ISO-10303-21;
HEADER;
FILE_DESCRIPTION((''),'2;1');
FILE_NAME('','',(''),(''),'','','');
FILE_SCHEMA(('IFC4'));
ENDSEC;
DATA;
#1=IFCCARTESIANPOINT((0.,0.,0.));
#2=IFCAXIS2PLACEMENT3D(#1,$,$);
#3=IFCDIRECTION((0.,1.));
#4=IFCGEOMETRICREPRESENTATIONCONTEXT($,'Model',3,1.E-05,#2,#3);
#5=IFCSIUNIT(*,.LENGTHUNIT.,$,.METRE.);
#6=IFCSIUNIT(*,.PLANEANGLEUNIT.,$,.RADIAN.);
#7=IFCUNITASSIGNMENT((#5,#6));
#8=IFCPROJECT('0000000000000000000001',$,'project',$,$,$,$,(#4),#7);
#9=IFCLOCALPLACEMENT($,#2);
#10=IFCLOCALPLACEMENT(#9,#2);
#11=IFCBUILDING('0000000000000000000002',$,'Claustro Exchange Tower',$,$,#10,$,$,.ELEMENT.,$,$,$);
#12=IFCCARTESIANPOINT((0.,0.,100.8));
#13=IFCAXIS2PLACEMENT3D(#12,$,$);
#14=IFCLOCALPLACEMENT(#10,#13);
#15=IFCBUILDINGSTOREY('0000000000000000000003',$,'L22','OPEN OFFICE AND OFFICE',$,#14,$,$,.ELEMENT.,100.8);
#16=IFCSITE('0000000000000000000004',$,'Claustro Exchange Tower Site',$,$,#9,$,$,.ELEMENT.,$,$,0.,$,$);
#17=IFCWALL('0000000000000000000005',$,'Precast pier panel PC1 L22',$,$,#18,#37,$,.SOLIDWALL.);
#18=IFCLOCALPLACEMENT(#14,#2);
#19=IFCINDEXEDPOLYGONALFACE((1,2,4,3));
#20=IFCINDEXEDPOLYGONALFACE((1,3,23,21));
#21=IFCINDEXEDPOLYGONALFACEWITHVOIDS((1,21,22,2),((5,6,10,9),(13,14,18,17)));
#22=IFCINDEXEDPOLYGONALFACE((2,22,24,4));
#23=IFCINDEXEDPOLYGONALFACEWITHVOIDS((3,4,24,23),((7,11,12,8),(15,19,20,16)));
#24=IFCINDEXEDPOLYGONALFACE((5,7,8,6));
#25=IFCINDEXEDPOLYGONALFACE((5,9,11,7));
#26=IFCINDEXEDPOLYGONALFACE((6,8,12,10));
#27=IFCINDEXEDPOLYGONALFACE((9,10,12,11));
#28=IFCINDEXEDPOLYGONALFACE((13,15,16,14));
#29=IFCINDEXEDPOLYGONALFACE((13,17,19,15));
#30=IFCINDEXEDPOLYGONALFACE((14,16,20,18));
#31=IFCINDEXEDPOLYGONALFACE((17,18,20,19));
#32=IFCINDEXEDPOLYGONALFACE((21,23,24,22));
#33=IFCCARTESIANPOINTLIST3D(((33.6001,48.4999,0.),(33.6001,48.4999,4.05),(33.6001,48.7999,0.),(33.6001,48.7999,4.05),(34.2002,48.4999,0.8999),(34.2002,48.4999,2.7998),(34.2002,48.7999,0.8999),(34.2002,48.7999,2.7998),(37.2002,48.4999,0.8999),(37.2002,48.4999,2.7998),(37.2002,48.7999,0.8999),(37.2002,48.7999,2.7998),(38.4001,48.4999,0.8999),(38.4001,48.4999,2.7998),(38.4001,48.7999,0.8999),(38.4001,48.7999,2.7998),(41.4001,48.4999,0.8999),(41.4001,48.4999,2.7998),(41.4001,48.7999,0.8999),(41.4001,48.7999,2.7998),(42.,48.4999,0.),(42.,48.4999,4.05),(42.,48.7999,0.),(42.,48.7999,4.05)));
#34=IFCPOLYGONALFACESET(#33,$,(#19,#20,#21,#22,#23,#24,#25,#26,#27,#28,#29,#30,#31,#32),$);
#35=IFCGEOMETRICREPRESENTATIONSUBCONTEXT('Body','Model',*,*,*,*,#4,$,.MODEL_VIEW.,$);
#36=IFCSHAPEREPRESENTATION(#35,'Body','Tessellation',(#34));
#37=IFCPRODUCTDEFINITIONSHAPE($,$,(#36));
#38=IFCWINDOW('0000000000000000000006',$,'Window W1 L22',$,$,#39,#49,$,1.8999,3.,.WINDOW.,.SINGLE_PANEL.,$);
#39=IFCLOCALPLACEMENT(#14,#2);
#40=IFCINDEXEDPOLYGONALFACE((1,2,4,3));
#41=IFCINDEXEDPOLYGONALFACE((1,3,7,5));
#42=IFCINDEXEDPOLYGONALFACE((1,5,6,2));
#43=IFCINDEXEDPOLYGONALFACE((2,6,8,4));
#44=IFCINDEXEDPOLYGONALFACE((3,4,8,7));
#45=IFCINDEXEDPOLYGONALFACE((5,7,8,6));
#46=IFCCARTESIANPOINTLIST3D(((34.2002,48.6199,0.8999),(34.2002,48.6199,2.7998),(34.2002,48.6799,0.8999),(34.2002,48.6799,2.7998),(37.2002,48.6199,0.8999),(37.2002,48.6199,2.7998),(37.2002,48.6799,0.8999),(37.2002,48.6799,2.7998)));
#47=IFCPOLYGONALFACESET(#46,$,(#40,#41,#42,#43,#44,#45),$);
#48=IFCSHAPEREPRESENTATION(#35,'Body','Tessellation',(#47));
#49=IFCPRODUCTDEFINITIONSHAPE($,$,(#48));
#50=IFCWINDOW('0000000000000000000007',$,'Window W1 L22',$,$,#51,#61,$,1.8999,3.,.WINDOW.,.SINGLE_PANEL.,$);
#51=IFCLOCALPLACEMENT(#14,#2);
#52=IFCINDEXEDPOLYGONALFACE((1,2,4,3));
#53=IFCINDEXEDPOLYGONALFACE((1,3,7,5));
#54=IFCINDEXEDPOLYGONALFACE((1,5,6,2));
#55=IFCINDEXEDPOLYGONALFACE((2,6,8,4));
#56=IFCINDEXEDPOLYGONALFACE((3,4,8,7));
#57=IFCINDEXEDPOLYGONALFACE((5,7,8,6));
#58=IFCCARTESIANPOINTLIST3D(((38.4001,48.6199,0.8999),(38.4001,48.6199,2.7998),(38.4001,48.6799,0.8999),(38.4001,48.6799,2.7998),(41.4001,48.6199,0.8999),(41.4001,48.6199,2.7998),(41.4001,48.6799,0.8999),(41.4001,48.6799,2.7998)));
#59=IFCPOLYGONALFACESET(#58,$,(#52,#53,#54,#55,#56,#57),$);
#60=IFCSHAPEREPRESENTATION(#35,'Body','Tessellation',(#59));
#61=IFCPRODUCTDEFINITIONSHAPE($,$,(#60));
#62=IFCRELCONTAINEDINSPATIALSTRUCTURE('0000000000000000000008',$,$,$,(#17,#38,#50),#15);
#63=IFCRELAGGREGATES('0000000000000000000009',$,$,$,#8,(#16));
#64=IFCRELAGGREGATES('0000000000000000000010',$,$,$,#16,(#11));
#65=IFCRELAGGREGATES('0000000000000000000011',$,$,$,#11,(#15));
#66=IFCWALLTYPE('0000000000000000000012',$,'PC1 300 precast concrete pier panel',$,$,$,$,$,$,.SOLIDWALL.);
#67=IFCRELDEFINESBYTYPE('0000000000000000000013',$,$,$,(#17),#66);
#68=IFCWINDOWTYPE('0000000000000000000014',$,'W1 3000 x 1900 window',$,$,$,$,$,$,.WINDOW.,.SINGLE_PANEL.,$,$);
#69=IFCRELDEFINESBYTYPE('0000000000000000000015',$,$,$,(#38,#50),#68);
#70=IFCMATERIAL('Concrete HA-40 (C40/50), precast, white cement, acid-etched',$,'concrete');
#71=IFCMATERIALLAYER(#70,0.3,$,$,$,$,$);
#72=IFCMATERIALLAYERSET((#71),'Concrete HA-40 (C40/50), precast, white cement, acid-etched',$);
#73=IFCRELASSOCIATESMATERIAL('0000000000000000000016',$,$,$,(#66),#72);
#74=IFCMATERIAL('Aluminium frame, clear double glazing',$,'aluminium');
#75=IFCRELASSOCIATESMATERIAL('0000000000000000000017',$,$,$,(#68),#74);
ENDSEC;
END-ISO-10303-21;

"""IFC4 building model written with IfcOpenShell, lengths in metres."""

from ifc_helpers import new_model, si_unit, direction, frame, frame_2d, origin, place, context, subcontext, project, spatial, rectangle, extrude, material, layer, layer_set, type_object, element, fill, save


model = new_model("IFC4")

# Units and contexts
model_context = context("Model", 3, precision=1e-05, world=origin(), true_north=direction((0.0, 1.0)))
body_context = subcontext(model_context, "Body", "Model", "MODEL_VIEW")
ifc_project = project(units=[si_unit("LENGTHUNIT", "METRE"), si_unit("PLANEANGLEUNIT", "RADIAN")], contexts=[model_context])

# Site, building, storey
site_placement = place(None, origin())
site = spatial("IfcSite", under=ifc_project, at=site_placement, Name="Claustro Exchange Tower Site", CompositionType="ELEMENT", RefElevation=0.0)
building_placement = place(site_placement, origin())
building = spatial("IfcBuilding", under=site, at=building_placement, Name="Claustro Exchange Tower", CompositionType="ELEMENT")
storey_placement = place(building_placement, frame((0.0, 0.0, 100.8)))
storey = spatial("IfcBuildingStorey", under=building, at=storey_placement, Name="L22", Description="OPEN OFFICE AND OFFICE", CompositionType="ELEMENT", Elevation=100.8)

# Wall, openings, windows
ifc_material_1 = material(Name="Concrete HA-40 (C40/50), precast, white cement, acid-etched", Category="concrete")
ifc_layer_1 = layer(ifc_material_1, 0.3)
ifc_layer_set_1 = layer_set([ifc_layer_1], Name="Concrete HA-40 (C40/50), precast, white cement, acid-etched")
wall_type_1 = type_object("IfcWallType", Name="PC1 300 precast concrete pier panel", PredefinedType="SOLIDWALL", material=ifc_layer_set_1)
ifc_material_2 = material(Name="Aluminium frame, clear double glazing", Category="aluminium")
window_type = type_object("IfcWindowType", Name="W1 3000 x 1900 window", PartitioningType="SINGLE_PANEL", PredefinedType="WINDOW", material=ifc_material_2)
wall_1_placement = place(storey_placement, frame((33.6001, 48.6499, 0.0), z_axis=(0.0, 0.0, 1.0), x_axis=(1.0, 0.0, 0.0)))
wall_1 = element("IfcWall", 1, at=wall_1_placement, inside=storey, type_object=wall_type_1, Name="Precast pier panel PC1 L22", PredefinedType="SOLIDWALL", context=body_context, shape_type="SweptSolid", body=[
    extrude(rectangle(XDim=8.3999, YDim=0.3, at=frame_2d((4.2, 0.0))), origin(), (0.0, 0.0, 1.0), 4.05),
])
opening_1_placement = place(wall_1_placement, frame((0.6001, 0.0, 0.8999)))
opening_1 = element("IfcOpeningElement", 2, at=opening_1_placement, cuts=wall_1, PredefinedType="OPENING", context=body_context, shape_type="SweptSolid", body=[
    extrude(rectangle(XDim=3.0, YDim=1.8999, at=frame_2d((1.5, 0.95))), frame((0.0, 0.1599, 0.0), z_axis=(0.0, -1.0, 0.0), x_axis=(1.0, 0.0, 0.0)), (0.0, 0.0, 1.0), 0.3201),
])
opening_2_placement = place(wall_1_placement, frame((4.8, 0.0, 0.8999)))
opening_2 = element("IfcOpeningElement", 3, at=opening_2_placement, cuts=wall_1, PredefinedType="OPENING", context=body_context, shape_type="SweptSolid", body=[
    extrude(rectangle(XDim=3.0, YDim=1.8999, at=frame_2d((1.5, 0.95))), frame((0.0, 0.1599, 0.0), z_axis=(0.0, -1.0, 0.0), x_axis=(1.0, 0.0, 0.0)), (0.0, 0.0, 1.0), 0.3201),
])
window_1_placement = place(opening_1_placement, origin())
window_1 = element("IfcWindow", 4, at=window_1_placement, inside=storey, type_object=window_type, Name="Window W1 L22", OverallHeight=1.8999, OverallWidth=3.0, PartitioningType="SINGLE_PANEL", PredefinedType="WINDOW", context=body_context, shape_type="SweptSolid", body=[
    extrude(rectangle(XDim=3.0, YDim=1.8999, at=frame_2d((1.5, 0.95))), frame((0.0, 0.03, 0.0), z_axis=(0.0, -1.0, 0.0), x_axis=(1.0, 0.0, 0.0)), (0.0, 0.0, 1.0), 0.0601),
])
fill(opening_1, window_1)
window_2_placement = place(opening_2_placement, origin())
window_2 = element("IfcWindow", 5, at=window_2_placement, inside=storey, type_object=window_type, Name="Window W1 L22", OverallHeight=1.8999, OverallWidth=3.0, PartitioningType="SINGLE_PANEL", PredefinedType="WINDOW", context=body_context, shape_type="SweptSolid", body=[
    extrude(rectangle(XDim=3.0, YDim=1.8999, at=frame_2d((1.5, 0.95))), frame((0.0, 0.03, 0.0), z_axis=(0.0, -1.0, 0.0), x_axis=(1.0, 0.0, 0.0)), (0.0, 0.0, 1.0), 0.0601),
])
fill(opening_2, window_2)

save(model, "model.ifc")
